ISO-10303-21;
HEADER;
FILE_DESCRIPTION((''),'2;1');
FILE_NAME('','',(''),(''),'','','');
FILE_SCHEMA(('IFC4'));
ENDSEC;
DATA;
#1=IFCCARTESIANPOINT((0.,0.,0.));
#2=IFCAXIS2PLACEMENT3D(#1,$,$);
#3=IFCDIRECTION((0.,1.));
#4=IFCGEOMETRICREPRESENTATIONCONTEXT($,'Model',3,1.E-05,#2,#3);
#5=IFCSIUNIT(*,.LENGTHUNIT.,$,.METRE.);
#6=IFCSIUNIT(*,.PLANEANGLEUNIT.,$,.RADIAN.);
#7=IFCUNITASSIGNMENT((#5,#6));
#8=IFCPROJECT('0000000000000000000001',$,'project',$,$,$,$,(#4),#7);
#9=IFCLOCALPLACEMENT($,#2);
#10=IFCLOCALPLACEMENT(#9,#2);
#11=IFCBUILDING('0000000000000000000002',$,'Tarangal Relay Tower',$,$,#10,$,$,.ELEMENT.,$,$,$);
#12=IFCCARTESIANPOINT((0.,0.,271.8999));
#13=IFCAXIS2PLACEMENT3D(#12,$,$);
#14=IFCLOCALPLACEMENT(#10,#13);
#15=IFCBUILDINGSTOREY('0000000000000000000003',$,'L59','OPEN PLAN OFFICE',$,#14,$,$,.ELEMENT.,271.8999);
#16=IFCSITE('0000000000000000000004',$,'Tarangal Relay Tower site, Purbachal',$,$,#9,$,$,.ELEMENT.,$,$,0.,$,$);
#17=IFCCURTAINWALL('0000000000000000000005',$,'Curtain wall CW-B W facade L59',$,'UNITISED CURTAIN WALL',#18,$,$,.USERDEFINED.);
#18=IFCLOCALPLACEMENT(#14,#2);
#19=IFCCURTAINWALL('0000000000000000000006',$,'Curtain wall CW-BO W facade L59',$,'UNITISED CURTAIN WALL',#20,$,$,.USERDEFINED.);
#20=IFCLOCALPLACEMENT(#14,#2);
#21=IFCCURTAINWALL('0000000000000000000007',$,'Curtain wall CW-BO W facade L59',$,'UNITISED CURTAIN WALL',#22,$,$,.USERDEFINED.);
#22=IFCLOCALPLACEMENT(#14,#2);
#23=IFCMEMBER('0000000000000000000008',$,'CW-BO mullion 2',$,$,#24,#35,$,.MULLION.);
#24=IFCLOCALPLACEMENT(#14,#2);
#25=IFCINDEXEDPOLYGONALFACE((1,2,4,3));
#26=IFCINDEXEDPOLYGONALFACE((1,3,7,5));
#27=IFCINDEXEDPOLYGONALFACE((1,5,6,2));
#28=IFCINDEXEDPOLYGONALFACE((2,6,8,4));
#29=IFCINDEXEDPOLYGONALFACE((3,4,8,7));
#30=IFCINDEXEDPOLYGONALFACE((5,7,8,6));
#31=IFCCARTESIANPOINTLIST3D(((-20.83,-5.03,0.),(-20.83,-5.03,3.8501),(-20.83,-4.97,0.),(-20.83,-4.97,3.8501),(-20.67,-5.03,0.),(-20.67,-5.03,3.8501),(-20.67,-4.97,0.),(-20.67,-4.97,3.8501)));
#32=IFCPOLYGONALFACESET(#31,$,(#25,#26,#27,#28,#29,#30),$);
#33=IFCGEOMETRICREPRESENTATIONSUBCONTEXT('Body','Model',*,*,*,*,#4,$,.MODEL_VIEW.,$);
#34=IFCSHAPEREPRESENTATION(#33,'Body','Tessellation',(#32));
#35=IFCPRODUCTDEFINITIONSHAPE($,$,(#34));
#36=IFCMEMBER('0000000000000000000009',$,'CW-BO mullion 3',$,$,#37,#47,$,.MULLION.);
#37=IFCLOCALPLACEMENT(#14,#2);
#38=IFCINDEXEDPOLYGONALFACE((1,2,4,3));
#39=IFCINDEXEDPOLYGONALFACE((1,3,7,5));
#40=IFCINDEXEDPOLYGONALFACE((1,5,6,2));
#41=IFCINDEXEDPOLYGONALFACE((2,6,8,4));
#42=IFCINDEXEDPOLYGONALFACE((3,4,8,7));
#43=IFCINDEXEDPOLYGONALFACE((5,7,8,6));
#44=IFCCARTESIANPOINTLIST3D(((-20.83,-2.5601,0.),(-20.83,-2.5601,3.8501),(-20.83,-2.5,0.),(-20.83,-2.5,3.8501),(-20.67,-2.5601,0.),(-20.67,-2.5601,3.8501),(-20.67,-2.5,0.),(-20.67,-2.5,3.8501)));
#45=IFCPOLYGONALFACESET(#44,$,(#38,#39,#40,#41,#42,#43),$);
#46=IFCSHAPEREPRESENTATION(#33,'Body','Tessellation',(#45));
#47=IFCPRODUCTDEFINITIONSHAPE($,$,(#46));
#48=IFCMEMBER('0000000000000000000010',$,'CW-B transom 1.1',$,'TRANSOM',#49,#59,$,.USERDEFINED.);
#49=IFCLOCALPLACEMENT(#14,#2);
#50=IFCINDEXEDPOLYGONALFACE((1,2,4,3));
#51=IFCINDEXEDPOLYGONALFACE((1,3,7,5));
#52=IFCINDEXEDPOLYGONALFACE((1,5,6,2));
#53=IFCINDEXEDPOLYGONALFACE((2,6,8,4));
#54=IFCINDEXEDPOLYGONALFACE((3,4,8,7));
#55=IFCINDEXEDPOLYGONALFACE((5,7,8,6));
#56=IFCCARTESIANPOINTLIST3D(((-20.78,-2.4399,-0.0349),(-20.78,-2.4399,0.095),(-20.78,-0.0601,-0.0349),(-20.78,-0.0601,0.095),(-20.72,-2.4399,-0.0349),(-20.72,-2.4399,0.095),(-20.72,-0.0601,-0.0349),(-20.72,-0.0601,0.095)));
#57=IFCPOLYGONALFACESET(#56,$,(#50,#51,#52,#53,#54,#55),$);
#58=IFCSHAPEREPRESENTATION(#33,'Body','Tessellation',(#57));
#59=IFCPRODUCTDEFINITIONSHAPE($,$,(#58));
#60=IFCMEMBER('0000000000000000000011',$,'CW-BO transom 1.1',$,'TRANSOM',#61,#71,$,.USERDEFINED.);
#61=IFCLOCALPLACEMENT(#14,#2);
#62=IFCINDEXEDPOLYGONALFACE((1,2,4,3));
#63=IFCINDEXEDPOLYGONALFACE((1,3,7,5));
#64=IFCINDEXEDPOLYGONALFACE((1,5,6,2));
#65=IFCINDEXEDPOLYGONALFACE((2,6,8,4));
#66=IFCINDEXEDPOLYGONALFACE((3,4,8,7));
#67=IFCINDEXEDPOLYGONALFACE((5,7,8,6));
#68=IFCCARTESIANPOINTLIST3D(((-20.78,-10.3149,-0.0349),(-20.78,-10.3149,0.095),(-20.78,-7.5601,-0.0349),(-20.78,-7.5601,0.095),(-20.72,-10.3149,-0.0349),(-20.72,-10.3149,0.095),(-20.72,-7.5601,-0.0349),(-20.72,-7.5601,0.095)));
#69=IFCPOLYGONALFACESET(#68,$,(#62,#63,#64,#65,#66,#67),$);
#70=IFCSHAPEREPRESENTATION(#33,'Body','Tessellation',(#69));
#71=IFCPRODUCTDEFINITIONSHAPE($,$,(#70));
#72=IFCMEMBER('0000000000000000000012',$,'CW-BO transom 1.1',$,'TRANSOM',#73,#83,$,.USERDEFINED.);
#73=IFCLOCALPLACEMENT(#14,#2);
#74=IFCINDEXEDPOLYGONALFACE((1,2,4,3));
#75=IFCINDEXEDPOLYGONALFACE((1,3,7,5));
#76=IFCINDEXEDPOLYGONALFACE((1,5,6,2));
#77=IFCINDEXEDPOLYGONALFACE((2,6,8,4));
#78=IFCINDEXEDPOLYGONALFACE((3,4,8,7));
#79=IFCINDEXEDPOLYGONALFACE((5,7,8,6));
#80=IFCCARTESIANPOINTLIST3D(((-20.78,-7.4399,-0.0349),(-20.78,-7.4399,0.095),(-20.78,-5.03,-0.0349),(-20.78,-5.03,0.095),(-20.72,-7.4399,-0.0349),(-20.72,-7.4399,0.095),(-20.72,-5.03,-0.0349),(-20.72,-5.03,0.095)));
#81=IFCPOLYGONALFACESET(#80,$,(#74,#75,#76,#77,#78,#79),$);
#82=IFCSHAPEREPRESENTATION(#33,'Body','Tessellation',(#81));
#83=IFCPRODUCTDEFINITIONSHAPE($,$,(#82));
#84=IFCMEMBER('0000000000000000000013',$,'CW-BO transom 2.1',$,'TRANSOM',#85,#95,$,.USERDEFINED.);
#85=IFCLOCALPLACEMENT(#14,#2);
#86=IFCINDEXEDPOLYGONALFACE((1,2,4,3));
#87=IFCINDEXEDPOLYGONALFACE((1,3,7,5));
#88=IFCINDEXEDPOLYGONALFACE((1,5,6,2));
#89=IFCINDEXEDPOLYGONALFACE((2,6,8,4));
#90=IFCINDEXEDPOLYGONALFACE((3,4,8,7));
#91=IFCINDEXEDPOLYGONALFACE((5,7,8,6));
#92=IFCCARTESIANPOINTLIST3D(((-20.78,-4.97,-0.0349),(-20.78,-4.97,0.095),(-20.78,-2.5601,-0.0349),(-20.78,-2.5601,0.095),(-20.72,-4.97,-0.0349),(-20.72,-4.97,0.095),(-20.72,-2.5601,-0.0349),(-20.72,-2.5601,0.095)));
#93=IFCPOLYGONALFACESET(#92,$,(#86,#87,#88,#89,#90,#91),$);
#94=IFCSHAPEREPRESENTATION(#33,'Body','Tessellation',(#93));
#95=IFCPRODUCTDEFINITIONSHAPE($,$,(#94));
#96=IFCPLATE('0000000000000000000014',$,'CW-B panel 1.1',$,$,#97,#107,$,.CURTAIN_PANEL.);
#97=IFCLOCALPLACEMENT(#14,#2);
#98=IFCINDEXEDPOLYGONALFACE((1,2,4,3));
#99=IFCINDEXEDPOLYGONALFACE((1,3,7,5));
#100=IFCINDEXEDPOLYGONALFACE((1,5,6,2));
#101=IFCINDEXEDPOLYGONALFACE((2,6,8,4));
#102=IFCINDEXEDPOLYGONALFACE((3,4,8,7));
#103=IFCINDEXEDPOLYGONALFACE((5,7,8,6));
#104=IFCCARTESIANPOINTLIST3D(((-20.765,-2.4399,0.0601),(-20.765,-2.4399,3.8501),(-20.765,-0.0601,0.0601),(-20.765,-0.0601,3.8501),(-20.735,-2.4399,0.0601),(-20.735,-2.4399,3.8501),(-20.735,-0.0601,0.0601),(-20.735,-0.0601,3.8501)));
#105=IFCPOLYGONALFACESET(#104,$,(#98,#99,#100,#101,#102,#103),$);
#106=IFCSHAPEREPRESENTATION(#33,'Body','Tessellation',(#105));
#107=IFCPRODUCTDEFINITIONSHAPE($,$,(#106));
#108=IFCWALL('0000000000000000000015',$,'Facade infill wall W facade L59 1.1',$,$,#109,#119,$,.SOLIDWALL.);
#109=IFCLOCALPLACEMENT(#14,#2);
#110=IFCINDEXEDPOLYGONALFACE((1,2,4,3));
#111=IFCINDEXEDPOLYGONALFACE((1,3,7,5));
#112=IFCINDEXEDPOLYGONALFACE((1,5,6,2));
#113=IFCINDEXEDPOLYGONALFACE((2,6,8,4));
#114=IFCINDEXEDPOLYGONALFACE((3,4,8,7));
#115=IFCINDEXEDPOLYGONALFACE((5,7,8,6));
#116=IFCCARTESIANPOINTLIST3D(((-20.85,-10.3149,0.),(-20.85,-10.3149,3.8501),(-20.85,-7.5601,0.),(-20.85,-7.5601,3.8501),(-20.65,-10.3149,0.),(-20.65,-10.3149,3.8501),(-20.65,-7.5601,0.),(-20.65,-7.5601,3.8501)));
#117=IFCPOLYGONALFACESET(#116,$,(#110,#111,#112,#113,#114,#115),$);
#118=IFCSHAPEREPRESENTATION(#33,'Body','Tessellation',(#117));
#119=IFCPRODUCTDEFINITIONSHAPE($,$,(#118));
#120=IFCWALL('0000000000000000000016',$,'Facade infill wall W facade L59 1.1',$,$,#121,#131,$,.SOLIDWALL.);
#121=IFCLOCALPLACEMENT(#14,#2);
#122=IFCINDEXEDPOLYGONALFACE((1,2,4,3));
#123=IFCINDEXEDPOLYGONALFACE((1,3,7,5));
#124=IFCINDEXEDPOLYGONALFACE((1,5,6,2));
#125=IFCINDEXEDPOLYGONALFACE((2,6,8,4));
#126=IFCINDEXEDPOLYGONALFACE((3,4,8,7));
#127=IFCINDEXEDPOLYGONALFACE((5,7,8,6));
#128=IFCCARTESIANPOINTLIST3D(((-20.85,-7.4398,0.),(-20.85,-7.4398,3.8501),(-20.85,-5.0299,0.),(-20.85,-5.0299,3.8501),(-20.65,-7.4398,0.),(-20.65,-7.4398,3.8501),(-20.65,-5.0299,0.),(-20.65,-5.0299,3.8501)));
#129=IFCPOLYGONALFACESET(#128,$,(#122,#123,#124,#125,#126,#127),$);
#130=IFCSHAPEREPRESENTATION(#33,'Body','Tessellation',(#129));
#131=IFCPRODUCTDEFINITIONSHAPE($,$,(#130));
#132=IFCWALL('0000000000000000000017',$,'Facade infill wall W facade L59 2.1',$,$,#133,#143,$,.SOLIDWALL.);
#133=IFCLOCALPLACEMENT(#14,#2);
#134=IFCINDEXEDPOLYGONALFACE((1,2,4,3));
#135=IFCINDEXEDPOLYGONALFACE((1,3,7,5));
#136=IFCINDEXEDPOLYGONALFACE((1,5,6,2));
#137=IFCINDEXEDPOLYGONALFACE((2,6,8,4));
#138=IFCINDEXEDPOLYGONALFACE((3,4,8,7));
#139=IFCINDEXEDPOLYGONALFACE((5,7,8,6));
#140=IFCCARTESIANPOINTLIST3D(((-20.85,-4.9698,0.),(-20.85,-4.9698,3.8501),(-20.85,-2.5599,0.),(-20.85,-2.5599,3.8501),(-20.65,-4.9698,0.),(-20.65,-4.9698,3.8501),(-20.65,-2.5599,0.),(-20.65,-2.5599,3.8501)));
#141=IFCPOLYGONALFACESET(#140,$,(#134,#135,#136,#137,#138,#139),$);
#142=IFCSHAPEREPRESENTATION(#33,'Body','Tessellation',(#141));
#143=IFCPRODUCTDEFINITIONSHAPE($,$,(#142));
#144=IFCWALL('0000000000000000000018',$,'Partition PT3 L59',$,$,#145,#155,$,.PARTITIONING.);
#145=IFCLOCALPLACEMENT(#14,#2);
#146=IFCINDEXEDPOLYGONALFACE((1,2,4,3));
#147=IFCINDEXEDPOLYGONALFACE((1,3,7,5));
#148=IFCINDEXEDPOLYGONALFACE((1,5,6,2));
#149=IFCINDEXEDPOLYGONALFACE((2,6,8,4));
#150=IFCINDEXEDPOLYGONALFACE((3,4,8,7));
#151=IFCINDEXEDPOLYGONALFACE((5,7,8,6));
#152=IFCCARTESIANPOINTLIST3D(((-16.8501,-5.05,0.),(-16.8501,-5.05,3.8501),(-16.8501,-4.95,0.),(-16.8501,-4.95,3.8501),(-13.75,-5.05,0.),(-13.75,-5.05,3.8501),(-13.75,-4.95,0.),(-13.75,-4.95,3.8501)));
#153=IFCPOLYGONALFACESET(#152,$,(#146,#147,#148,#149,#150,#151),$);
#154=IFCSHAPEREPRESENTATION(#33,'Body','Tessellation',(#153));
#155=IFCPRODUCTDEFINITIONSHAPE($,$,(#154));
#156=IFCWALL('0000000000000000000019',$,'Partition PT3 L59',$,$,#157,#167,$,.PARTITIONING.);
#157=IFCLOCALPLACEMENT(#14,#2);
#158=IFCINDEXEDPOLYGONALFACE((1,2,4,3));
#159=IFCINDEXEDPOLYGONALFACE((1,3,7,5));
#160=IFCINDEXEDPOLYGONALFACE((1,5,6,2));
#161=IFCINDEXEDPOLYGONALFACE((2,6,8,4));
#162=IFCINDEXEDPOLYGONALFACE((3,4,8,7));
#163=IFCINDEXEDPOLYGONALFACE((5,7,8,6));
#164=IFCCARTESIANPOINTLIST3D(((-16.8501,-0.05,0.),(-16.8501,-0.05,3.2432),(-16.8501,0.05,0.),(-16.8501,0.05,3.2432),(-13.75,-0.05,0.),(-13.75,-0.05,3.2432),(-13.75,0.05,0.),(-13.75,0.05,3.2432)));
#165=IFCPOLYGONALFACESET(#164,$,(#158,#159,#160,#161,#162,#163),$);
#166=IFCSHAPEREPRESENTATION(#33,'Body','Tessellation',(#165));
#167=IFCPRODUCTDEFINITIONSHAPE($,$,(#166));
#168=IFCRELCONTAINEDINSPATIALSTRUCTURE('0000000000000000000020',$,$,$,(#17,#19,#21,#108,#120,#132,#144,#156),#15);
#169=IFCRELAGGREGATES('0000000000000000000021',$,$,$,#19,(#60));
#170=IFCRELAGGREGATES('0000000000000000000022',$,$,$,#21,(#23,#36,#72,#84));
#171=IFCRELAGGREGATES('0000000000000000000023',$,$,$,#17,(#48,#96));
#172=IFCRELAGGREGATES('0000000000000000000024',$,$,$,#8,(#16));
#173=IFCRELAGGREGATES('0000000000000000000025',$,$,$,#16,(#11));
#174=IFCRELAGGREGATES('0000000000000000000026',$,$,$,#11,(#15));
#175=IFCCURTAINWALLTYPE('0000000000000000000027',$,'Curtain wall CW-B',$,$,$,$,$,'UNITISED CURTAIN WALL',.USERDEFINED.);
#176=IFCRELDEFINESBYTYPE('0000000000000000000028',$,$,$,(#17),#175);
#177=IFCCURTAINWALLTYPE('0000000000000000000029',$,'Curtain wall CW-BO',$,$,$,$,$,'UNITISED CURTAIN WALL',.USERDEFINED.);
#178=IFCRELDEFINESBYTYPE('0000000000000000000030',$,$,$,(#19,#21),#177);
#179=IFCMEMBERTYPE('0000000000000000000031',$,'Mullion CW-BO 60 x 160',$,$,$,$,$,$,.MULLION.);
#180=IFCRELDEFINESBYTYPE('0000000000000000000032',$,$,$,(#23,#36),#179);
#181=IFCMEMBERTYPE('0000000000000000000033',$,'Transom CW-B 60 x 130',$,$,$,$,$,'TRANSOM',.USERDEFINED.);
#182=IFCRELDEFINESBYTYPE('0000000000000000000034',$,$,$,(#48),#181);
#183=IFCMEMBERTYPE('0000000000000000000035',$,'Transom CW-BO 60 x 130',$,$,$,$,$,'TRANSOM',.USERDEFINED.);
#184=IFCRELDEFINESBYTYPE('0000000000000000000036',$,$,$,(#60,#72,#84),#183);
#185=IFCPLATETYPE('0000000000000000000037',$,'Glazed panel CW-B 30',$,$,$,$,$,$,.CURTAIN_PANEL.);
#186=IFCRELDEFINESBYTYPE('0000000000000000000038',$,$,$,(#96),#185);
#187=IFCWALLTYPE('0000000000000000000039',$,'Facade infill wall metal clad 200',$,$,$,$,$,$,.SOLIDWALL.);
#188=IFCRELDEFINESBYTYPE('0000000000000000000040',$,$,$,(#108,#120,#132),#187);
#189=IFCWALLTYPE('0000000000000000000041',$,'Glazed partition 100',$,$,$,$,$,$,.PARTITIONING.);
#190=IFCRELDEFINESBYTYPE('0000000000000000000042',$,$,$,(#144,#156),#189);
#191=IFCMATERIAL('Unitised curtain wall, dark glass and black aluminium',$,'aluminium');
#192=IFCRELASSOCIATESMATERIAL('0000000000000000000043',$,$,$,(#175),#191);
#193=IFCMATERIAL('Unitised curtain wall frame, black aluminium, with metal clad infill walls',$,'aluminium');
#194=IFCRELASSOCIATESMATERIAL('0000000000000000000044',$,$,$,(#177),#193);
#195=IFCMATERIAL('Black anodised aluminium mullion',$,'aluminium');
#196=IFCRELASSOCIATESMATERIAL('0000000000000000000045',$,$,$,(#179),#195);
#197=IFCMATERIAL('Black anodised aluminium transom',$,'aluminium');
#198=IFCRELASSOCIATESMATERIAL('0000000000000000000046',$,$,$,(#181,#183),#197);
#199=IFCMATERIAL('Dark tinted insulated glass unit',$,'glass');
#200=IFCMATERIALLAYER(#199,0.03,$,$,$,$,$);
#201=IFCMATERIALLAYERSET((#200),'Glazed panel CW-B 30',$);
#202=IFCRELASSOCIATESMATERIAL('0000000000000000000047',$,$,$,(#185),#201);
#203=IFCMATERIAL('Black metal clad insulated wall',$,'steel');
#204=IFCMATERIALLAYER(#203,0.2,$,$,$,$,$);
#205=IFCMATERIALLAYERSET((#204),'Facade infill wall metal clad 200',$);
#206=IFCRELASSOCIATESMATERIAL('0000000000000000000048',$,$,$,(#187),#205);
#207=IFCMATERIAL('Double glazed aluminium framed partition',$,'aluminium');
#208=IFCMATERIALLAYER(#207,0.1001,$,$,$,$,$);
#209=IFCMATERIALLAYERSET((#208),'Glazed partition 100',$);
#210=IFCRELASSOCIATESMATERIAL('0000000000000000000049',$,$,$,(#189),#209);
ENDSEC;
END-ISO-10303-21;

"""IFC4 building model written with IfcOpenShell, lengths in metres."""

from ifc_helpers import new_model, si_unit, direction, frame, frame_2d, origin, origin_2d, place, context, subcontext, project, spatial, rectangle, extrude, material, layer, layer_set, material_profile, profile_set, type_object, element, aggregate, save


model = new_model("IFC4")

# Units and contexts
model_context = context("Model", 3, precision=1e-05, world=origin(), true_north=direction((0.0, 1.0)))
body_context = subcontext(model_context, "Body", "Model", "MODEL_VIEW")
ifc_project = project(units=[si_unit("LENGTHUNIT", "METRE"), si_unit("PLANEANGLEUNIT", "RADIAN")], contexts=[model_context])

# Site, building, storey
site_placement = place(None, origin())
site = spatial("IfcSite", under=ifc_project, at=site_placement, Name="Tarangal Relay Tower site, Purbachal", CompositionType="ELEMENT", RefElevation=0.0)
building_placement = place(site_placement, origin())
building = spatial("IfcBuilding", under=site, at=building_placement, Name="Tarangal Relay Tower", CompositionType="ELEMENT")
storey_placement = place(building_placement, frame((0.0, 0.0, 271.8999)))
storey = spatial("IfcBuildingStorey", under=building, at=storey_placement, Name="L59", Description="OPEN PLAN OFFICE", CompositionType="ELEMENT", Elevation=271.8999)

# Curtain wall
ifc_material_1 = material(Name="Unitised curtain wall, dark glass and black aluminium", Category="aluminium")
curtain_wall_type_1 = type_object("IfcCurtainWallType", Name="Curtain wall CW-B", ElementType="UNITISED CURTAIN WALL", PredefinedType="USERDEFINED", material=ifc_material_1)
curtain_wall_1_placement = place(storey_placement, origin())
curtain_wall_1 = element("IfcCurtainWall", 1, at=curtain_wall_1_placement, inside=storey, type_object=curtain_wall_type_1, Name="Curtain wall CW-B W facade L59", ObjectType="UNITISED CURTAIN WALL", PredefinedType="USERDEFINED")
ifc_material_2 = material(Name="Black anodised aluminium mullion", Category="aluminium")

# Curtain wall
ifc_material_3 = material(Name="Unitised curtain wall frame, black aluminium, with metal clad infill walls", Category="aluminium")
curtain_wall_type_2 = type_object("IfcCurtainWallType", Name="Curtain wall CW-BO", ElementType="UNITISED CURTAIN WALL", PredefinedType="USERDEFINED", material=ifc_material_3)
curtain_wall_2_placement = place(storey_placement, origin())
curtain_wall_2 = element("IfcCurtainWall", 2, at=curtain_wall_2_placement, inside=storey, type_object=curtain_wall_type_2, Name="Curtain wall CW-BO W facade L59", ObjectType="UNITISED CURTAIN WALL", PredefinedType="USERDEFINED")
ifc_material_profile_1 = material_profile(ifc_material_2, rectangle(XDim=0.1599, YDim=0.0601, at=origin_2d()), Name="CW-BOM 60X160")
ifc_profile_set_1 = profile_set([ifc_material_profile_1], Name="Black anodised aluminium mullion")
member_type_1 = type_object("IfcMemberType", Name="Mullion CW-BO 60 x 160", PredefinedType="MULLION", material=ifc_profile_set_1)

# Curtain wall, members
curtain_wall_3_placement = place(storey_placement, origin())
curtain_wall_3 = element("IfcCurtainWall", 3, at=curtain_wall_3_placement, inside=storey, type_object=curtain_wall_type_2, Name="Curtain wall CW-BO W facade L59", ObjectType="UNITISED CURTAIN WALL", PredefinedType="USERDEFINED")
member_1_placement = place(storey_placement, frame((-20.75, -5.0, 0.0), z_axis=(0.0, 0.0, 1.0), x_axis=(-1.0, 0.0, 0.0)))
member_1 = element("IfcMember", 4, at=member_1_placement, type_object=member_type_1, Name="CW-BO mullion 2", PredefinedType="MULLION", context=body_context, shape_type="SweptSolid", body=[
    extrude(rectangle(XDim=0.1599, YDim=0.0601, at=origin_2d()), origin(), (0.0, 0.0, 1.0), 3.8501),
])
member_2_placement = place(storey_placement, frame((-20.75, -2.53, 0.0), z_axis=(0.0, 0.0, 1.0), x_axis=(-1.0, 0.0, 0.0)))
member_2 = element("IfcMember", 5, at=member_2_placement, type_object=member_type_1, Name="CW-BO mullion 3", PredefinedType="MULLION", context=body_context, shape_type="SweptSolid", body=[
    extrude(rectangle(XDim=0.1599, YDim=0.0601, at=origin_2d()), origin(), (0.0, 0.0, 1.0), 3.8501),
])

# Members
ifc_material_4 = material(Name="Black anodised aluminium transom", Category="aluminium")
ifc_material_profile_2 = material_profile(ifc_material_4, rectangle(XDim=0.0601, YDim=0.1299, at=origin_2d()), Name="CW-BT 60X130")
ifc_profile_set_2 = profile_set([ifc_material_profile_2], Name="Black anodised aluminium transom")
member_type_2 = type_object("IfcMemberType", Name="Transom CW-B 60 x 130", ElementType="TRANSOM", PredefinedType="USERDEFINED", material=ifc_profile_set_2)
member_3_placement = place(storey_placement, frame((-20.75, -2.4399, 0.03), z_axis=(0.0, 1.0, 0.0), x_axis=(-1.0, 0.0, 0.0)))
member_3 = element("IfcMember", 6, at=member_3_placement, type_object=member_type_2, Name="CW-B transom 1.1", ObjectType="TRANSOM", PredefinedType="USERDEFINED", context=body_context, shape_type="SweptSolid", body=[
    extrude(rectangle(XDim=0.0601, YDim=0.1299, at=origin_2d()), origin(), (0.0, 0.0, 1.0), 2.3799),
])
ifc_material_profile_3 = material_profile(ifc_material_4, rectangle(XDim=0.0601, YDim=0.1299, at=origin_2d()), Name="CW-BOT 60X130")
ifc_profile_set_3 = profile_set([ifc_material_profile_3], Name="Black anodised aluminium transom")
member_type_3 = type_object("IfcMemberType", Name="Transom CW-BO 60 x 130", ElementType="TRANSOM", PredefinedType="USERDEFINED", material=ifc_profile_set_3)
member_4_placement = place(storey_placement, frame((-20.75, -10.3149, 0.03), z_axis=(0.0, 1.0, 0.0), x_axis=(-1.0, 0.0, 0.0)))
member_4 = element("IfcMember", 7, at=member_4_placement, type_object=member_type_3, Name="CW-BO transom 1.1", ObjectType="TRANSOM", PredefinedType="USERDEFINED", context=body_context, shape_type="SweptSolid", body=[
    extrude(rectangle(XDim=0.0601, YDim=0.1299, at=origin_2d()), origin(), (0.0, 0.0, 1.0), 2.7549),
])
aggregate(curtain_wall_2, [member_4])
member_5_placement = place(storey_placement, frame((-20.75, -7.4399, 0.03), z_axis=(0.0, 1.0, 0.0), x_axis=(-1.0, 0.0, 0.0)))
member_5 = element("IfcMember", 8, at=member_5_placement, type_object=member_type_3, Name="CW-BO transom 1.1", ObjectType="TRANSOM", PredefinedType="USERDEFINED", context=body_context, shape_type="SweptSolid", body=[
    extrude(rectangle(XDim=0.0601, YDim=0.1299, at=origin_2d()), origin(), (0.0, 0.0, 1.0), 2.4099),
])
member_6_placement = place(storey_placement, frame((-20.75, -4.97, 0.03), z_axis=(0.0, 1.0, 0.0), x_axis=(-1.0, 0.0, 0.0)))
member_6 = element("IfcMember", 9, at=member_6_placement, type_object=member_type_3, Name="CW-BO transom 2.1", ObjectType="TRANSOM", PredefinedType="USERDEFINED", context=body_context, shape_type="SweptSolid", body=[
    extrude(rectangle(XDim=0.0601, YDim=0.1299, at=origin_2d()), origin(), (0.0, 0.0, 1.0), 2.4099),
])
aggregate(curtain_wall_3, [member_1, member_2, member_5, member_6])

# Plate
ifc_material_5 = material(Name="Dark tinted insulated glass unit", Category="glass")
ifc_layer_1 = layer(ifc_material_5, 0.03)
ifc_layer_set_1 = layer_set([ifc_layer_1], Name="Glazed panel CW-B 30")
plate_type = type_object("IfcPlateType", Name="Glazed panel CW-B 30", PredefinedType="CURTAIN_PANEL", material=ifc_layer_set_1)
plate_placement = place(storey_placement, frame((-20.75, -1.25, 0.0601), z_axis=(0.0, 0.0, 1.0), x_axis=(0.0, 1.0, 0.0)))
plate = element("IfcPlate", 10, at=plate_placement, type_object=plate_type, Name="CW-B panel 1.1", PredefinedType="CURTAIN_PANEL", context=body_context, shape_type="SweptSolid", body=[
    extrude(rectangle(XDim=2.3799, YDim=0.03, at=origin_2d()), origin(), (0.0, 0.0, 1.0), 3.79),
])
aggregate(curtain_wall_1, [member_3, plate])

# Walls
ifc_material_6 = material(Name="Black metal clad insulated wall", Category="steel")
ifc_layer_2 = layer(ifc_material_6, 0.2)
ifc_layer_set_2 = layer_set([ifc_layer_2], Name="Facade infill wall metal clad 200")
wall_type_1 = type_object("IfcWallType", Name="Facade infill wall metal clad 200", PredefinedType="SOLIDWALL", material=ifc_layer_set_2)
wall_1_placement = place(storey_placement, frame((-20.75, -10.3149, 0.0), z_axis=(0.0, 0.0, 1.0), x_axis=(0.0, 1.0, 0.0)))
element("IfcWall", 11, at=wall_1_placement, inside=storey, type_object=wall_type_1, Name="Facade infill wall W facade L59 1.1", PredefinedType="SOLIDWALL", context=body_context, shape_type="SweptSolid", body=[
    extrude(rectangle(XDim=2.7549, YDim=0.2, at=frame_2d((1.3774, 0.0))), origin(), (0.0, 0.0, 1.0), 3.8501),
])
for number, where, z_axis, x_axis, name in (
    (12, (-20.75, -7.4399, 0.0), (0.0, 0.0, 1.0), (0.0, 1.0, 0.0), "Facade infill wall W facade L59 1.1"),
    (13, (-20.75, -4.97, 0.0), (0.0, 0.0, 1.0), (0.0, 1.0, 0.0), "Facade infill wall W facade L59 2.1"),
):
    element("IfcWall", number, at=place(storey_placement, frame(where, z_axis=z_axis, x_axis=x_axis)), inside=storey, type_object=wall_type_1, Name=name, PredefinedType="SOLIDWALL", context=body_context, shape_type="SweptSolid", body=[
        extrude(rectangle(XDim=2.4099, YDim=0.2, at=frame_2d((1.2051, 0.0))), origin(), (0.0, 0.0, 1.0), 3.8501),
    ])
ifc_material_7 = material(Name="Double glazed aluminium framed partition", Category="aluminium")
ifc_layer_3 = layer(ifc_material_7, 0.1001)
ifc_layer_set_3 = layer_set([ifc_layer_3], Name="Glazed partition 100")
wall_type_2 = type_object("IfcWallType", Name="Glazed partition 100", PredefinedType="PARTITIONING", material=ifc_layer_set_3)
wall_2_placement = place(storey_placement, frame((-16.8501, -5.0, 0.0), z_axis=(0.0, 0.0, 1.0), x_axis=(1.0, 0.0, 0.0)))
element("IfcWall", 14, at=wall_2_placement, inside=storey, type_object=wall_type_2, Name="Partition PT3 L59", PredefinedType="PARTITIONING", context=body_context, shape_type="SweptSolid", body=[
    extrude(rectangle(XDim=3.1001, YDim=0.1001, at=frame_2d((1.55, 0.0))), origin(), (0.0, 0.0, 1.0), 3.8501),
])
wall_3_placement = place(storey_placement, frame((-16.8501, 0.0, 0.0), z_axis=(0.0, 0.0, 1.0), x_axis=(1.0, 0.0, 0.0)))
element("IfcWall", 15, at=wall_3_placement, inside=storey, type_object=wall_type_2, Name="Partition PT3 L59", PredefinedType="PARTITIONING", context=body_context, shape_type="SweptSolid", body=[
    extrude(rectangle(XDim=3.1001, YDim=0.1001, at=frame_2d((1.55, 0.0))), origin(), (0.0, 0.0, 1.0), 3.2432),
])

save(model, "model.ifc")
